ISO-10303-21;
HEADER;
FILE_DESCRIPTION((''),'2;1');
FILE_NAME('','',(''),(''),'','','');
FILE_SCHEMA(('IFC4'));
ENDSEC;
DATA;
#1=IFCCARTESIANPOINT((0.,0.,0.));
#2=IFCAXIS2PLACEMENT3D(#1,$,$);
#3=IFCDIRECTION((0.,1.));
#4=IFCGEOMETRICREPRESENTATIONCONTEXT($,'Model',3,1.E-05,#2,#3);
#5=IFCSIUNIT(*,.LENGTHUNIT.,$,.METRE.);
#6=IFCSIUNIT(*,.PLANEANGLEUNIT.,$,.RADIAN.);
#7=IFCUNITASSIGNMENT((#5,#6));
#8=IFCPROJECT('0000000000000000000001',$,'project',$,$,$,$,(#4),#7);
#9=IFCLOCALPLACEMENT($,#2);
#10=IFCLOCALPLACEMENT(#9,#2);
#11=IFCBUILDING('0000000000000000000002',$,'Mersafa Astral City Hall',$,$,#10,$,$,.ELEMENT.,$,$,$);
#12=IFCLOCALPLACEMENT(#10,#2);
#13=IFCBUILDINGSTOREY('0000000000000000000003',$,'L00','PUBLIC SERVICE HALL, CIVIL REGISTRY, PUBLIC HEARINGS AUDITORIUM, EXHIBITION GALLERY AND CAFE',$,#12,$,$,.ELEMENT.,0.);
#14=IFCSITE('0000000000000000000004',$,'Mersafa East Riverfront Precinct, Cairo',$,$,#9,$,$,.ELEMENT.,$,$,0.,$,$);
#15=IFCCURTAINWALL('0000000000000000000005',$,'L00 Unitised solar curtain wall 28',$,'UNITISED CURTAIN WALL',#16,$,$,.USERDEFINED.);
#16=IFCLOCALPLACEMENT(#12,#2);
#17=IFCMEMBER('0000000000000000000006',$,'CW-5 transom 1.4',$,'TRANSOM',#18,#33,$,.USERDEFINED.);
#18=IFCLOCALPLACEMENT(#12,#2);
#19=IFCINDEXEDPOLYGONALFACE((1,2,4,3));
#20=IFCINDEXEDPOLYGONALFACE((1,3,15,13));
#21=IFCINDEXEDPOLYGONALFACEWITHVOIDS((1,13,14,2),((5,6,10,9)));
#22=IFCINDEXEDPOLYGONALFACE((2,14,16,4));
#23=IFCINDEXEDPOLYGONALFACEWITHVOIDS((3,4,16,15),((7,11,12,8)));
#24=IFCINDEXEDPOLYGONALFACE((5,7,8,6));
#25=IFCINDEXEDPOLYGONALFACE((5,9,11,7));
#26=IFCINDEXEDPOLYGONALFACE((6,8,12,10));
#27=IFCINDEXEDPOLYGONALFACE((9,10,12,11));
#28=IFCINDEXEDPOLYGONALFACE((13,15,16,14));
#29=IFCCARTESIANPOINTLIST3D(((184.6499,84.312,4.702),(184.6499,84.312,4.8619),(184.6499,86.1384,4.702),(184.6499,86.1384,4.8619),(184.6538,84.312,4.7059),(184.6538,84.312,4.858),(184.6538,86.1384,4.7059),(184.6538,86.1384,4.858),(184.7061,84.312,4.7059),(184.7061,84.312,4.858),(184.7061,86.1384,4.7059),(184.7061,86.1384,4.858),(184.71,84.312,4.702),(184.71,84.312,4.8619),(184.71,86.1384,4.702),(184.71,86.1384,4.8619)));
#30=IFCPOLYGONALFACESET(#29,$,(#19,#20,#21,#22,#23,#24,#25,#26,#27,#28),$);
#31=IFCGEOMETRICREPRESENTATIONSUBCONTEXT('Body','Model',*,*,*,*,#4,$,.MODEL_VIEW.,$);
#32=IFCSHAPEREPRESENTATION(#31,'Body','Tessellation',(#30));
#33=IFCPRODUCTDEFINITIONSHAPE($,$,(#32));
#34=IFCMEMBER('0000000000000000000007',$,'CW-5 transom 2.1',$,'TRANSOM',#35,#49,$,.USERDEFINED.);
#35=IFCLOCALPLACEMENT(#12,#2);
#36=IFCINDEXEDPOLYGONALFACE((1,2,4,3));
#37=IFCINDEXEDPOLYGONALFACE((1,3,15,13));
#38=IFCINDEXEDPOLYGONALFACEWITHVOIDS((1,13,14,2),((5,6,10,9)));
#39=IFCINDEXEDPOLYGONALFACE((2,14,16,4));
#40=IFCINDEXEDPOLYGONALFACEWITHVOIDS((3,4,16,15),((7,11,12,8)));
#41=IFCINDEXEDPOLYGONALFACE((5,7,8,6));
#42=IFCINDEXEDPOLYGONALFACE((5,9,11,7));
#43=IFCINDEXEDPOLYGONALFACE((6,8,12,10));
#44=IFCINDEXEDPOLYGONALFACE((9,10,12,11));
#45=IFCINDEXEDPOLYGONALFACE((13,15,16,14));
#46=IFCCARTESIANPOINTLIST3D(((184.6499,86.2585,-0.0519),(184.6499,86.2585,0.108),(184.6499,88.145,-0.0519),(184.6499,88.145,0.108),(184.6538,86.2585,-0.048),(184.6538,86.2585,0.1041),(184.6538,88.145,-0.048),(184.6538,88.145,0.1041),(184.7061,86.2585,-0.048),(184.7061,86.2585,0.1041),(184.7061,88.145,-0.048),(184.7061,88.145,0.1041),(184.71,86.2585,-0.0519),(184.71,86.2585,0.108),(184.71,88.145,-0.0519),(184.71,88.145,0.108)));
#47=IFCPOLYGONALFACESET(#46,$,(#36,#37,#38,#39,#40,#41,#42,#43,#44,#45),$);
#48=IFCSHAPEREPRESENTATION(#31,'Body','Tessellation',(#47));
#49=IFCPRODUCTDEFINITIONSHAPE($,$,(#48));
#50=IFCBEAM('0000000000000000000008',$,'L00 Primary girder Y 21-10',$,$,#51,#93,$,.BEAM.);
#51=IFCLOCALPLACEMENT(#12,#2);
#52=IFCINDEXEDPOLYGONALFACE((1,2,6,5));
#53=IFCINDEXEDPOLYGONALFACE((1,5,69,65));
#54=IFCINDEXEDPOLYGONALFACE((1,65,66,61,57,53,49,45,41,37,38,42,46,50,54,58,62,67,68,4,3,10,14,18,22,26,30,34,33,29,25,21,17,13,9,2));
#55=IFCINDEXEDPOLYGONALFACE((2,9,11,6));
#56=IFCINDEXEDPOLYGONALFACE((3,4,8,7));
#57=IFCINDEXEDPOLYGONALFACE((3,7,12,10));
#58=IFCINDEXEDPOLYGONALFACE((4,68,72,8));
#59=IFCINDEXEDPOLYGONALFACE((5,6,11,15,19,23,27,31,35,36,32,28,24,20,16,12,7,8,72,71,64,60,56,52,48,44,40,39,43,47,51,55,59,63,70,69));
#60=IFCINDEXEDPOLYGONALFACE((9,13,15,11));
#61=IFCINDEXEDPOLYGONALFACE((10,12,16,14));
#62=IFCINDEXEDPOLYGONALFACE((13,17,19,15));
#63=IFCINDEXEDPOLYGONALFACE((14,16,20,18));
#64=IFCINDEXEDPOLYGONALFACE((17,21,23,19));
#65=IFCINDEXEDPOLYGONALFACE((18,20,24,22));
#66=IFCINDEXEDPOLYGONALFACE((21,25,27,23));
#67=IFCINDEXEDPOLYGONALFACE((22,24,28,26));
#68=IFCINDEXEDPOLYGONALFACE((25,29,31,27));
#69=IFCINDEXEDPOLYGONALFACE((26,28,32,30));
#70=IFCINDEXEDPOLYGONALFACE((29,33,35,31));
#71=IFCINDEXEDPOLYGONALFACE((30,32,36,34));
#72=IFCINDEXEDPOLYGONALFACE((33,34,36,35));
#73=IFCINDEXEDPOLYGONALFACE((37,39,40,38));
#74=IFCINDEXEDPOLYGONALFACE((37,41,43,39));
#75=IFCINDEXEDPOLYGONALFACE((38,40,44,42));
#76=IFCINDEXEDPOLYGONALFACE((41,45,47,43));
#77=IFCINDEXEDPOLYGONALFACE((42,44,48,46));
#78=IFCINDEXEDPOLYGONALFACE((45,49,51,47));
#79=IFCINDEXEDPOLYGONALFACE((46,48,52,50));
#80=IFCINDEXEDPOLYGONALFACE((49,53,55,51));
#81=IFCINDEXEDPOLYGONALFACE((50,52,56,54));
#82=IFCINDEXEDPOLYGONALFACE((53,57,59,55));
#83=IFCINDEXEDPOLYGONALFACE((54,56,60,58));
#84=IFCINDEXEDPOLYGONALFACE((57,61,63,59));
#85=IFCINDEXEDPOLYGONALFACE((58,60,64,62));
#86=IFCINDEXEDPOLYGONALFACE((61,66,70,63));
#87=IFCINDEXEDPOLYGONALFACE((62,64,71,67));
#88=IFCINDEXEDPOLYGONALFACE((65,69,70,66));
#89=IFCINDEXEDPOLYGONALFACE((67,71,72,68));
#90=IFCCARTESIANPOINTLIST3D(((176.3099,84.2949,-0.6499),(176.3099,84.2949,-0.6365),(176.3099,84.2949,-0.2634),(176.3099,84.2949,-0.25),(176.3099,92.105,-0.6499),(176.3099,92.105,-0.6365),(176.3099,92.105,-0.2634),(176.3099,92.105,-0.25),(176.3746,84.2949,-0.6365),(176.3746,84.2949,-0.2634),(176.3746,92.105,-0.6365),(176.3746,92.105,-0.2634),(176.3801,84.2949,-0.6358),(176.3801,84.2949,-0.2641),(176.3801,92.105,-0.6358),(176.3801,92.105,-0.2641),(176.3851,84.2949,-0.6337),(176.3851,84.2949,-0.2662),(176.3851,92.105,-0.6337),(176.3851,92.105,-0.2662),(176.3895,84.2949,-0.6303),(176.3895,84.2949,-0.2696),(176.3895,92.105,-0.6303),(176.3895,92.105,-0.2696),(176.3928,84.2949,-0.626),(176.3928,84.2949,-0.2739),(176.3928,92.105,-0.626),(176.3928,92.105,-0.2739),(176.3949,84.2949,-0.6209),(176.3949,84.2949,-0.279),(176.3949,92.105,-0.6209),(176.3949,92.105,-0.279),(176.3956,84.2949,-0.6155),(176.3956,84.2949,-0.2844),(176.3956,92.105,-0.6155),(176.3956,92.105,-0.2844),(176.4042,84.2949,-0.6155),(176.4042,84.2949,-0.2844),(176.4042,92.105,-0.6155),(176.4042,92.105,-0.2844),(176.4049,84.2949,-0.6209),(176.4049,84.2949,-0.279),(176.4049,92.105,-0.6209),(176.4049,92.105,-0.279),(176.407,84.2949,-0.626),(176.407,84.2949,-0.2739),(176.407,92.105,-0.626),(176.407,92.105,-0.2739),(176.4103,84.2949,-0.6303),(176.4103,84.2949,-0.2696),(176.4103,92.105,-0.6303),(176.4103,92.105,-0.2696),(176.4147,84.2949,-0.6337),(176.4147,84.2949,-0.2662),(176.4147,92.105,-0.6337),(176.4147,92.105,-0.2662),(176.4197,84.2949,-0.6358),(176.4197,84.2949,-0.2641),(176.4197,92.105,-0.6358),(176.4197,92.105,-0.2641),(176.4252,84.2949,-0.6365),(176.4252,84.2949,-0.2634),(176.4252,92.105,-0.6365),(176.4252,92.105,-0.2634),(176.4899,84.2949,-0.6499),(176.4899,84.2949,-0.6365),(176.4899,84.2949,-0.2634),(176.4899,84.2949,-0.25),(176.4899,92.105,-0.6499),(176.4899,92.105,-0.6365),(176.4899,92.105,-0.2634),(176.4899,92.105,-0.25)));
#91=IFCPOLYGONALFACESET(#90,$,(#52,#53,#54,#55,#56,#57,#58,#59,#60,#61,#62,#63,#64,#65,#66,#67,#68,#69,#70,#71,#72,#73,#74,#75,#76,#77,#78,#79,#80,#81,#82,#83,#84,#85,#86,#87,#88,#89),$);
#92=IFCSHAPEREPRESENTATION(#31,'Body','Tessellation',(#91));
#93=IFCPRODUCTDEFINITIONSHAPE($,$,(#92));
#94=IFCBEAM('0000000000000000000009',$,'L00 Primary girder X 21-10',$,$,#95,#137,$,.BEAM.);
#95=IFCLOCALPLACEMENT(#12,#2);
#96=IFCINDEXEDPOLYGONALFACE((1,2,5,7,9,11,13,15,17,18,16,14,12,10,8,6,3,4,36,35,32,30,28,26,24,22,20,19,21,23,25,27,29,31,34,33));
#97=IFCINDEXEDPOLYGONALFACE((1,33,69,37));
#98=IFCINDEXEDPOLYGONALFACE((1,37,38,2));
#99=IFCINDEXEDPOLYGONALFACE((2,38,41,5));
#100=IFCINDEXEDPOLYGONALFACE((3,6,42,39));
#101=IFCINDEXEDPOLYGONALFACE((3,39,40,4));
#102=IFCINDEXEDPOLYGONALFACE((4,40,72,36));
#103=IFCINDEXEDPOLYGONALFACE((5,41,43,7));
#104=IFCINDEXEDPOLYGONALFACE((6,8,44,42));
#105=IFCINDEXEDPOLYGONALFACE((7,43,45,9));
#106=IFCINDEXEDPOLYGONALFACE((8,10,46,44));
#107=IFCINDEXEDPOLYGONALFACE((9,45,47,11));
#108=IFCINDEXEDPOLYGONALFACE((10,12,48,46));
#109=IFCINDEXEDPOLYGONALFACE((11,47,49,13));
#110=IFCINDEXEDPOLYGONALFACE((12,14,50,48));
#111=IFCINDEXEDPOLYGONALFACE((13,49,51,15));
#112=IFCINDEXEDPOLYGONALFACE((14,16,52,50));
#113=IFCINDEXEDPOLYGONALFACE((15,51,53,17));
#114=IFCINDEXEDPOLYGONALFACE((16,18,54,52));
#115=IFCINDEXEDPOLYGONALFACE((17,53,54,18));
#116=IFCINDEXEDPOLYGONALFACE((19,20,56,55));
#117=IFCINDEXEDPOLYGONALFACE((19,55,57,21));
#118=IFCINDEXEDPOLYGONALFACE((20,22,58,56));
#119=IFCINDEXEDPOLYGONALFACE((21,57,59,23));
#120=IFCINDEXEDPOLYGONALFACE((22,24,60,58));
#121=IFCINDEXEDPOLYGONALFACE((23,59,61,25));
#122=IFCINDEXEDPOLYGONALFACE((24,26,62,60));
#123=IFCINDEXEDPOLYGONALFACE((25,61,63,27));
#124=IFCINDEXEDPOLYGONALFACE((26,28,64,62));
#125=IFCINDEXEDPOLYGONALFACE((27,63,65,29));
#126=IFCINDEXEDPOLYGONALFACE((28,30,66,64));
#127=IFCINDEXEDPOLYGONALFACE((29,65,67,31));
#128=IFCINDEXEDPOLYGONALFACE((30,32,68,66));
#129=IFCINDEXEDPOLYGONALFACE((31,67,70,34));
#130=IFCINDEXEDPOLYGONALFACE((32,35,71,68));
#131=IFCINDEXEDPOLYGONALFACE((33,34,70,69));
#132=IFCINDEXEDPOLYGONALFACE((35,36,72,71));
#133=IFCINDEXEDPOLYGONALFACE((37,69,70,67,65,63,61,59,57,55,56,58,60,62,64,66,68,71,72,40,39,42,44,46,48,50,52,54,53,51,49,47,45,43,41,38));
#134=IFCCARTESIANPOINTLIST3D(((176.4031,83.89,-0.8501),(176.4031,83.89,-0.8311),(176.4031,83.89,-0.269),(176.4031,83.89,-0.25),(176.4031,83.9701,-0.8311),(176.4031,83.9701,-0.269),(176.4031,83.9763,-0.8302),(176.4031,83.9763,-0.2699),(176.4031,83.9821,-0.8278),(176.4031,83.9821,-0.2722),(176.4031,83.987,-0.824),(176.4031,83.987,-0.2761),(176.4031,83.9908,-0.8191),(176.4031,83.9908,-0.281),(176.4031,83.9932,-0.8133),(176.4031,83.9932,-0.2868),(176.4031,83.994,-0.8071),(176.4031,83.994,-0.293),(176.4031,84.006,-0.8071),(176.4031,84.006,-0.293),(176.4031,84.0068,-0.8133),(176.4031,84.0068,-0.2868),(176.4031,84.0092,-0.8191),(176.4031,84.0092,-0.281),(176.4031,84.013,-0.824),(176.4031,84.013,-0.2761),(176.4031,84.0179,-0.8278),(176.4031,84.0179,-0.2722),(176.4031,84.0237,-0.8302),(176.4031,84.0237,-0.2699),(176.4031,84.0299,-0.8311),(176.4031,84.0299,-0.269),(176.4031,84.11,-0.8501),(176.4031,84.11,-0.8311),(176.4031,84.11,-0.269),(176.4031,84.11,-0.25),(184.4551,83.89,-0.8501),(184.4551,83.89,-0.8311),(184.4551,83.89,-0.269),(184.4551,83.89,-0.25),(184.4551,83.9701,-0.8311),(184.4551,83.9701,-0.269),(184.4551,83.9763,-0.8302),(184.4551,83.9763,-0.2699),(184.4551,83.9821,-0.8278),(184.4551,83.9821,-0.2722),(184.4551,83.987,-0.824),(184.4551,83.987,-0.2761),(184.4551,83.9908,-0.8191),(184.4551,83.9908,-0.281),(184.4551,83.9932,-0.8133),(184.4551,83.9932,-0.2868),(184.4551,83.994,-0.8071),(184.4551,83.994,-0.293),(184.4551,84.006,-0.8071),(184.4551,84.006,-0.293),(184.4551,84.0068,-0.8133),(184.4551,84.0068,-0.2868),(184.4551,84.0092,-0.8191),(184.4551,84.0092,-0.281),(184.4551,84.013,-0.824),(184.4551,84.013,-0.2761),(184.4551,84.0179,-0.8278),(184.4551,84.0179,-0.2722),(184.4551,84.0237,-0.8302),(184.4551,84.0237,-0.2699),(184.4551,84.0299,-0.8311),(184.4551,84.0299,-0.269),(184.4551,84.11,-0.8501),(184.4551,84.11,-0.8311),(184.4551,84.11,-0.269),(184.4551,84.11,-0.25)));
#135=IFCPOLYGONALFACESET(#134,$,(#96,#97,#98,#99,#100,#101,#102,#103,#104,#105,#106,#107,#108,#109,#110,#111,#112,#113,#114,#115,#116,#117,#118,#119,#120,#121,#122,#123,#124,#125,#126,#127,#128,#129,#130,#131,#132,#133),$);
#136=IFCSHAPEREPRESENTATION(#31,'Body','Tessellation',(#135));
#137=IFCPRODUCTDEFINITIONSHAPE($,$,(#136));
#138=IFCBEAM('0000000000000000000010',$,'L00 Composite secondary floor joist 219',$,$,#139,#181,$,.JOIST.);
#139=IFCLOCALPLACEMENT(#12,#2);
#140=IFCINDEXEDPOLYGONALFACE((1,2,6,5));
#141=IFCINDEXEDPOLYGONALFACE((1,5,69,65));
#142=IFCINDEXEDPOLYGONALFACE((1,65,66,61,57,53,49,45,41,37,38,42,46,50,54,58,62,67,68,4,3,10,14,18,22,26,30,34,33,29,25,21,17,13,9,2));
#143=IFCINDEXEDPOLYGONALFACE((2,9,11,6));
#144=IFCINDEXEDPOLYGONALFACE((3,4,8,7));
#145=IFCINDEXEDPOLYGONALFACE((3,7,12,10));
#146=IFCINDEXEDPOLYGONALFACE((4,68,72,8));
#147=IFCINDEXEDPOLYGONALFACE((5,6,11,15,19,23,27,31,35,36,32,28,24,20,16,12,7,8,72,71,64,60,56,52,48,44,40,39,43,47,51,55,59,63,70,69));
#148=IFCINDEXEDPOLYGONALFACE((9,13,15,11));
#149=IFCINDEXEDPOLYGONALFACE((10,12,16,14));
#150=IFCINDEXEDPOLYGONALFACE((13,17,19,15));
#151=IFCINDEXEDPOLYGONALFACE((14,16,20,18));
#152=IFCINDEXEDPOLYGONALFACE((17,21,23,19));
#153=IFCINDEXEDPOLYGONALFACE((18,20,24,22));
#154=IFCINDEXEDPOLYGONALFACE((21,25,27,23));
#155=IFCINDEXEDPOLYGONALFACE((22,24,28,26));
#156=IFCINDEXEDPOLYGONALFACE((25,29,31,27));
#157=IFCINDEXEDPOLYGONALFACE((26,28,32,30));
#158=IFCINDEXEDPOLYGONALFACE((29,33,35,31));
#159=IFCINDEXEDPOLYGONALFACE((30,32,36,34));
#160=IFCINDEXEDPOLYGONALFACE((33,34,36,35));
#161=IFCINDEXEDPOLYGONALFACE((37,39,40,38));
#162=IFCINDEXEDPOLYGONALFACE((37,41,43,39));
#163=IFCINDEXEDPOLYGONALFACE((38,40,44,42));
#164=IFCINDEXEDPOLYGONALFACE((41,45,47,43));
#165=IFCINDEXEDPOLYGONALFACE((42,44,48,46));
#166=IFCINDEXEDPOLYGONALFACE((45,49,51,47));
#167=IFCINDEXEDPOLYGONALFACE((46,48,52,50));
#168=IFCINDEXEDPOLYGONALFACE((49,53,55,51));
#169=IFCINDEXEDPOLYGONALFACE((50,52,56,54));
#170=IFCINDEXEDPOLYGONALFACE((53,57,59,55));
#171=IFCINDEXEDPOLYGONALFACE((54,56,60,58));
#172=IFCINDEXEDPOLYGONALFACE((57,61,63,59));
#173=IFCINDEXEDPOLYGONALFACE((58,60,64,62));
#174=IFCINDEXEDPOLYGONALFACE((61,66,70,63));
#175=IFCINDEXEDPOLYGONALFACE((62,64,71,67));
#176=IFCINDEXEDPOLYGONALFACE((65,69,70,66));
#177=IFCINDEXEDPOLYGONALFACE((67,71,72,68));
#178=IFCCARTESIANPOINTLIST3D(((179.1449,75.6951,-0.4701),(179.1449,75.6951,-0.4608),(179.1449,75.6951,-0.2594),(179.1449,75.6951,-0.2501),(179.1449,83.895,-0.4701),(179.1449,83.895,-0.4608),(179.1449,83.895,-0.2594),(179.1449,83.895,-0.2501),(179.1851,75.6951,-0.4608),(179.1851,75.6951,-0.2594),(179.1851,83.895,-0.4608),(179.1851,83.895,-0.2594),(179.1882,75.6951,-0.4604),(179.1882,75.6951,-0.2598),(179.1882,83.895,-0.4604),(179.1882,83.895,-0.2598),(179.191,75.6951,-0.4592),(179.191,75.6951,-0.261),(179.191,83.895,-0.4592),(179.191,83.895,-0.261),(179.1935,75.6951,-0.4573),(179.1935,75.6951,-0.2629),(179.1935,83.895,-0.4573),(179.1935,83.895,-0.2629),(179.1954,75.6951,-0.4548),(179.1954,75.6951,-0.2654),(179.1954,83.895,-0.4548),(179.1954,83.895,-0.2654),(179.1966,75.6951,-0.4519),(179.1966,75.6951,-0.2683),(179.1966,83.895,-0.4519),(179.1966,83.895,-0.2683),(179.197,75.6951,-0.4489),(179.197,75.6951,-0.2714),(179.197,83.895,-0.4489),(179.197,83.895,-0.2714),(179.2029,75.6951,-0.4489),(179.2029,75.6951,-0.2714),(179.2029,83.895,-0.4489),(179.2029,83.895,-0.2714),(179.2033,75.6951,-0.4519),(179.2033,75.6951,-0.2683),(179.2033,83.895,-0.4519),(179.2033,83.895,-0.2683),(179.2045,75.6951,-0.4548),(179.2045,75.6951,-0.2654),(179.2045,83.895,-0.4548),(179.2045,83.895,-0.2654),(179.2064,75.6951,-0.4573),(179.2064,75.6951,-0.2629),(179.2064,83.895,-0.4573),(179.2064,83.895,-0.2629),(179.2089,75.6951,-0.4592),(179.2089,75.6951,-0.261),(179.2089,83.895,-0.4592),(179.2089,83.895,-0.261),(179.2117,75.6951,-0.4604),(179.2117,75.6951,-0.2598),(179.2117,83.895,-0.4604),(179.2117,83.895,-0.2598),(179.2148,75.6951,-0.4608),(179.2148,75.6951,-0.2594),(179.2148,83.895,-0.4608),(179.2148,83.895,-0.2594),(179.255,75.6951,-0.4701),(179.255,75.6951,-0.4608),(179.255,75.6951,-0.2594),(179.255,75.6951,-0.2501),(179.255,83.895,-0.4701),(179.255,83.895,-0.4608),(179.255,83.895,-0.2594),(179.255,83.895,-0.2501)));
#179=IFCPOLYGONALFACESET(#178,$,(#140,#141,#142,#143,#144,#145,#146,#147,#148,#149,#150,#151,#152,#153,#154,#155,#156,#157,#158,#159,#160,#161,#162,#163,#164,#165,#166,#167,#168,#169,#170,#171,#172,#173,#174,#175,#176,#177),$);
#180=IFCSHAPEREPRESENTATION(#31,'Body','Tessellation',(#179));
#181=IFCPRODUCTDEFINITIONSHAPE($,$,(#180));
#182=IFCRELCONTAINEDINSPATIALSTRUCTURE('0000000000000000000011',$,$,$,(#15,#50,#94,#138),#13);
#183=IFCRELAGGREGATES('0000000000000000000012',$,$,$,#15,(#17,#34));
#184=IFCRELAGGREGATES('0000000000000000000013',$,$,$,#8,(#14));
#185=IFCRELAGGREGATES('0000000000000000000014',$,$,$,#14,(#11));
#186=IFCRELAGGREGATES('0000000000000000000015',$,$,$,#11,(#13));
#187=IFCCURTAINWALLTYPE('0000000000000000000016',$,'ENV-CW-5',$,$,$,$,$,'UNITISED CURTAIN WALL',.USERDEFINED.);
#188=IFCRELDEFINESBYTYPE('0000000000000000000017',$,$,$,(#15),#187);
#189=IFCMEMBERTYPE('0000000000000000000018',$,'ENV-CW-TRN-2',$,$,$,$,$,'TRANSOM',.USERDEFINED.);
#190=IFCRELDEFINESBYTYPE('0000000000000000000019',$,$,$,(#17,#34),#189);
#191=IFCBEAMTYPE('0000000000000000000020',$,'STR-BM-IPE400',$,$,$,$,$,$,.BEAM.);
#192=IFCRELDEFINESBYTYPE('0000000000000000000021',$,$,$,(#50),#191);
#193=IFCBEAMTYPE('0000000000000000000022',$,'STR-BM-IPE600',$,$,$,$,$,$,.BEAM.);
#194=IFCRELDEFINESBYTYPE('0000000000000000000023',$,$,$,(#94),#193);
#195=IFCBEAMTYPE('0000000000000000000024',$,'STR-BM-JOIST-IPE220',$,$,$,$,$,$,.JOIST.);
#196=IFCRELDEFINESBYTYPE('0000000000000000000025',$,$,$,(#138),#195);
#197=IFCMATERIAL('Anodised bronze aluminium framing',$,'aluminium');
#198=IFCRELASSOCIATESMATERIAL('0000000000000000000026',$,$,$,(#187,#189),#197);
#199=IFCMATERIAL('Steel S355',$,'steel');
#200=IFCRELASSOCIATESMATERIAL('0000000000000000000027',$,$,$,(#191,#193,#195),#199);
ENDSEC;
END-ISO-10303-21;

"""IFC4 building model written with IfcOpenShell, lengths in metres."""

from ifc_helpers import new_model, si_unit, direction, frame, origin, origin_2d, place, context, subcontext, project, spatial, hollow_rectangle, i_section, extrude, material, material_profile, profile_set, type_object, element, aggregate, save


model = new_model("IFC4")

# Units and contexts
model_context = context("Model", 3, precision=1e-05, world=origin(), true_north=direction((0.0, 1.0)))
body_context = subcontext(model_context, "Body", "Model", "MODEL_VIEW")
ifc_project = project(units=[si_unit("LENGTHUNIT", "METRE"), si_unit("PLANEANGLEUNIT", "RADIAN")], contexts=[model_context])

# Site, building, storey
site_placement = place(None, origin())
site = spatial("IfcSite", under=ifc_project, at=site_placement, Name="Mersafa East Riverfront Precinct, Cairo", CompositionType="ELEMENT", RefElevation=0.0)
building_placement = place(site_placement, origin())
building = spatial("IfcBuilding", under=site, at=building_placement, Name="Mersafa Astral City Hall", CompositionType="ELEMENT")
storey_placement = place(building_placement, origin())
storey = spatial("IfcBuildingStorey", under=building, at=storey_placement, Name="L00", Description="PUBLIC SERVICE HALL, CIVIL REGISTRY, PUBLIC HEARINGS AUDITORIUM, EXHIBITION GALLERY AND CAFE", CompositionType="ELEMENT", Elevation=0.0)

# Shared definitions
ifc_material_1 = material(Name="Steel S355", Category="steel")

# Curtain wall, members
ifc_material_2 = material(Name="Anodised bronze aluminium framing", Category="aluminium")
curtain_wall_type = type_object("IfcCurtainWallType", Name="ENV-CW-5", ElementType="UNITISED CURTAIN WALL", PredefinedType="USERDEFINED", material=ifc_material_2)
curtain_wall_placement = place(storey_placement, origin())
curtain_wall = element("IfcCurtainWall", 1, at=curtain_wall_placement, inside=storey, type_object=curtain_wall_type, Name="L00 Unitised solar curtain wall 28", ObjectType="UNITISED CURTAIN WALL", PredefinedType="USERDEFINED")
ifc_material_profile_1 = material_profile(ifc_material_2, hollow_rectangle(XDim=0.0601, YDim=0.1599, WallThickness=0.0039, at=origin_2d()), Name="RHS 60x160x4")
ifc_profile_set_1 = profile_set([ifc_material_profile_1], Name="Anodised bronze aluminium framing")
member_type_1 = type_object("IfcMemberType", Name="ENV-CW-TRN-2", ElementType="TRANSOM", PredefinedType="USERDEFINED", material=ifc_profile_set_1)
member_1_placement = place(storey_placement, frame((184.6799, 84.312, 4.782), z_axis=(0.0, 1.0, 0.0), x_axis=(-1.0, 0.0, 0.0)))
member_1 = element("IfcMember", 2, at=member_1_placement, type_object=member_type_1, Name="CW-5 transom 1.4", ObjectType="TRANSOM", PredefinedType="USERDEFINED", context=body_context, shape_type="SweptSolid", body=[
    extrude(hollow_rectangle(XDim=0.0601, YDim=0.1599, WallThickness=0.0039, at=origin_2d()), origin(), (0.0, 0.0, 1.0), 1.8264),
])
member_2_placement = place(storey_placement, frame((184.6799, 86.2585, 0.0281), z_axis=(0.0, 1.0, 0.0), x_axis=(-1.0, 0.0, 0.0)))
member_2 = element("IfcMember", 3, at=member_2_placement, type_object=member_type_1, Name="CW-5 transom 2.1", ObjectType="TRANSOM", PredefinedType="USERDEFINED", context=body_context, shape_type="SweptSolid", body=[
    extrude(hollow_rectangle(XDim=0.0601, YDim=0.1599, WallThickness=0.0039, at=origin_2d()), origin(), (0.0, 0.0, 1.0), 1.8865),
])

# Beams
ifc_material_profile_2 = material_profile(ifc_material_1, i_section(OverallWidth=0.1799, OverallDepth=0.3999, WebThickness=0.0085, FlangeThickness=0.0134, FilletRadius=0.021, at=origin_2d()), Name="IPE 400")
ifc_profile_set_2 = profile_set([ifc_material_profile_2], Name="Steel S355")
beam_type_1 = type_object("IfcBeamType", Name="STR-BM-IPE400", PredefinedType="BEAM", material=ifc_profile_set_2)
beam_1_placement = place(storey_placement, frame((176.3999, 84.2949, -0.45), z_axis=(0.0, 1.0, 0.0), x_axis=(-1.0, 0.0, 0.0)))
element("IfcBeam", 4, at=beam_1_placement, inside=storey, type_object=beam_type_1, Name="L00 Primary girder Y 21-10", PredefinedType="BEAM", context=body_context, shape_type="SweptSolid", body=[
    extrude(i_section(OverallWidth=0.1799, OverallDepth=0.3999, WebThickness=0.0085, FlangeThickness=0.0134, FilletRadius=0.021, at=origin_2d()), origin(), (0.0, 0.0, 1.0), 7.8101),
])
ifc_material_profile_3 = material_profile(ifc_material_1, i_section(OverallWidth=0.22, OverallDepth=0.6001, WebThickness=0.012, FlangeThickness=0.019, FilletRadius=0.0239, at=origin_2d()), Name="IPE 600")
ifc_profile_set_3 = profile_set([ifc_material_profile_3], Name="Steel S355")
beam_type_2 = type_object("IfcBeamType", Name="STR-BM-IPE600", PredefinedType="BEAM", material=ifc_profile_set_3)
beam_2_placement = place(storey_placement, frame((176.4031, 84.0, -0.55), z_axis=(1.0, 0.0, 0.0), x_axis=(0.0, 1.0, 0.0)))
element("IfcBeam", 5, at=beam_2_placement, inside=storey, type_object=beam_type_2, Name="L00 Primary girder X 21-10", PredefinedType="BEAM", context=body_context, shape_type="SweptSolid", body=[
    extrude(i_section(OverallWidth=0.22, OverallDepth=0.6001, WebThickness=0.012, FlangeThickness=0.019, FilletRadius=0.0239, at=origin_2d()), origin(), (0.0, 0.0, 1.0), 8.052),
])
ifc_material_profile_4 = material_profile(ifc_material_1, i_section(OverallWidth=0.1101, OverallDepth=0.22, WebThickness=0.0059, FlangeThickness=0.0093, FilletRadius=0.012, at=origin_2d()), Name="IPE 220")
ifc_profile_set_4 = profile_set([ifc_material_profile_4], Name="Steel S355")
beam_type_3 = type_object("IfcBeamType", Name="STR-BM-JOIST-IPE220", PredefinedType="JOIST", material=ifc_profile_set_4)
for number, where, z_axis, x_axis, name in (
    (6, (179.2, 75.6951, -0.3601), (0.0, 1.0, 0.0), (-1.0, 0.0, 0.0), "L00 Composite secondary floor joist 219"),
):
    element("IfcBeam", number, at=place(storey_placement, frame(where, z_axis=z_axis, x_axis=x_axis)), inside=storey, type_object=beam_type_3, Name=name, PredefinedType="JOIST", context=body_context, shape_type="SweptSolid", body=[
        extrude(i_section(OverallWidth=0.1101, OverallDepth=0.22, WebThickness=0.0059, FlangeThickness=0.0093, FilletRadius=0.012, at=origin_2d()), origin(), (0.0, 0.0, 1.0), 8.2),
    ])

aggregate(curtain_wall, [member_1, member_2])

save(model, "model.ifc")
